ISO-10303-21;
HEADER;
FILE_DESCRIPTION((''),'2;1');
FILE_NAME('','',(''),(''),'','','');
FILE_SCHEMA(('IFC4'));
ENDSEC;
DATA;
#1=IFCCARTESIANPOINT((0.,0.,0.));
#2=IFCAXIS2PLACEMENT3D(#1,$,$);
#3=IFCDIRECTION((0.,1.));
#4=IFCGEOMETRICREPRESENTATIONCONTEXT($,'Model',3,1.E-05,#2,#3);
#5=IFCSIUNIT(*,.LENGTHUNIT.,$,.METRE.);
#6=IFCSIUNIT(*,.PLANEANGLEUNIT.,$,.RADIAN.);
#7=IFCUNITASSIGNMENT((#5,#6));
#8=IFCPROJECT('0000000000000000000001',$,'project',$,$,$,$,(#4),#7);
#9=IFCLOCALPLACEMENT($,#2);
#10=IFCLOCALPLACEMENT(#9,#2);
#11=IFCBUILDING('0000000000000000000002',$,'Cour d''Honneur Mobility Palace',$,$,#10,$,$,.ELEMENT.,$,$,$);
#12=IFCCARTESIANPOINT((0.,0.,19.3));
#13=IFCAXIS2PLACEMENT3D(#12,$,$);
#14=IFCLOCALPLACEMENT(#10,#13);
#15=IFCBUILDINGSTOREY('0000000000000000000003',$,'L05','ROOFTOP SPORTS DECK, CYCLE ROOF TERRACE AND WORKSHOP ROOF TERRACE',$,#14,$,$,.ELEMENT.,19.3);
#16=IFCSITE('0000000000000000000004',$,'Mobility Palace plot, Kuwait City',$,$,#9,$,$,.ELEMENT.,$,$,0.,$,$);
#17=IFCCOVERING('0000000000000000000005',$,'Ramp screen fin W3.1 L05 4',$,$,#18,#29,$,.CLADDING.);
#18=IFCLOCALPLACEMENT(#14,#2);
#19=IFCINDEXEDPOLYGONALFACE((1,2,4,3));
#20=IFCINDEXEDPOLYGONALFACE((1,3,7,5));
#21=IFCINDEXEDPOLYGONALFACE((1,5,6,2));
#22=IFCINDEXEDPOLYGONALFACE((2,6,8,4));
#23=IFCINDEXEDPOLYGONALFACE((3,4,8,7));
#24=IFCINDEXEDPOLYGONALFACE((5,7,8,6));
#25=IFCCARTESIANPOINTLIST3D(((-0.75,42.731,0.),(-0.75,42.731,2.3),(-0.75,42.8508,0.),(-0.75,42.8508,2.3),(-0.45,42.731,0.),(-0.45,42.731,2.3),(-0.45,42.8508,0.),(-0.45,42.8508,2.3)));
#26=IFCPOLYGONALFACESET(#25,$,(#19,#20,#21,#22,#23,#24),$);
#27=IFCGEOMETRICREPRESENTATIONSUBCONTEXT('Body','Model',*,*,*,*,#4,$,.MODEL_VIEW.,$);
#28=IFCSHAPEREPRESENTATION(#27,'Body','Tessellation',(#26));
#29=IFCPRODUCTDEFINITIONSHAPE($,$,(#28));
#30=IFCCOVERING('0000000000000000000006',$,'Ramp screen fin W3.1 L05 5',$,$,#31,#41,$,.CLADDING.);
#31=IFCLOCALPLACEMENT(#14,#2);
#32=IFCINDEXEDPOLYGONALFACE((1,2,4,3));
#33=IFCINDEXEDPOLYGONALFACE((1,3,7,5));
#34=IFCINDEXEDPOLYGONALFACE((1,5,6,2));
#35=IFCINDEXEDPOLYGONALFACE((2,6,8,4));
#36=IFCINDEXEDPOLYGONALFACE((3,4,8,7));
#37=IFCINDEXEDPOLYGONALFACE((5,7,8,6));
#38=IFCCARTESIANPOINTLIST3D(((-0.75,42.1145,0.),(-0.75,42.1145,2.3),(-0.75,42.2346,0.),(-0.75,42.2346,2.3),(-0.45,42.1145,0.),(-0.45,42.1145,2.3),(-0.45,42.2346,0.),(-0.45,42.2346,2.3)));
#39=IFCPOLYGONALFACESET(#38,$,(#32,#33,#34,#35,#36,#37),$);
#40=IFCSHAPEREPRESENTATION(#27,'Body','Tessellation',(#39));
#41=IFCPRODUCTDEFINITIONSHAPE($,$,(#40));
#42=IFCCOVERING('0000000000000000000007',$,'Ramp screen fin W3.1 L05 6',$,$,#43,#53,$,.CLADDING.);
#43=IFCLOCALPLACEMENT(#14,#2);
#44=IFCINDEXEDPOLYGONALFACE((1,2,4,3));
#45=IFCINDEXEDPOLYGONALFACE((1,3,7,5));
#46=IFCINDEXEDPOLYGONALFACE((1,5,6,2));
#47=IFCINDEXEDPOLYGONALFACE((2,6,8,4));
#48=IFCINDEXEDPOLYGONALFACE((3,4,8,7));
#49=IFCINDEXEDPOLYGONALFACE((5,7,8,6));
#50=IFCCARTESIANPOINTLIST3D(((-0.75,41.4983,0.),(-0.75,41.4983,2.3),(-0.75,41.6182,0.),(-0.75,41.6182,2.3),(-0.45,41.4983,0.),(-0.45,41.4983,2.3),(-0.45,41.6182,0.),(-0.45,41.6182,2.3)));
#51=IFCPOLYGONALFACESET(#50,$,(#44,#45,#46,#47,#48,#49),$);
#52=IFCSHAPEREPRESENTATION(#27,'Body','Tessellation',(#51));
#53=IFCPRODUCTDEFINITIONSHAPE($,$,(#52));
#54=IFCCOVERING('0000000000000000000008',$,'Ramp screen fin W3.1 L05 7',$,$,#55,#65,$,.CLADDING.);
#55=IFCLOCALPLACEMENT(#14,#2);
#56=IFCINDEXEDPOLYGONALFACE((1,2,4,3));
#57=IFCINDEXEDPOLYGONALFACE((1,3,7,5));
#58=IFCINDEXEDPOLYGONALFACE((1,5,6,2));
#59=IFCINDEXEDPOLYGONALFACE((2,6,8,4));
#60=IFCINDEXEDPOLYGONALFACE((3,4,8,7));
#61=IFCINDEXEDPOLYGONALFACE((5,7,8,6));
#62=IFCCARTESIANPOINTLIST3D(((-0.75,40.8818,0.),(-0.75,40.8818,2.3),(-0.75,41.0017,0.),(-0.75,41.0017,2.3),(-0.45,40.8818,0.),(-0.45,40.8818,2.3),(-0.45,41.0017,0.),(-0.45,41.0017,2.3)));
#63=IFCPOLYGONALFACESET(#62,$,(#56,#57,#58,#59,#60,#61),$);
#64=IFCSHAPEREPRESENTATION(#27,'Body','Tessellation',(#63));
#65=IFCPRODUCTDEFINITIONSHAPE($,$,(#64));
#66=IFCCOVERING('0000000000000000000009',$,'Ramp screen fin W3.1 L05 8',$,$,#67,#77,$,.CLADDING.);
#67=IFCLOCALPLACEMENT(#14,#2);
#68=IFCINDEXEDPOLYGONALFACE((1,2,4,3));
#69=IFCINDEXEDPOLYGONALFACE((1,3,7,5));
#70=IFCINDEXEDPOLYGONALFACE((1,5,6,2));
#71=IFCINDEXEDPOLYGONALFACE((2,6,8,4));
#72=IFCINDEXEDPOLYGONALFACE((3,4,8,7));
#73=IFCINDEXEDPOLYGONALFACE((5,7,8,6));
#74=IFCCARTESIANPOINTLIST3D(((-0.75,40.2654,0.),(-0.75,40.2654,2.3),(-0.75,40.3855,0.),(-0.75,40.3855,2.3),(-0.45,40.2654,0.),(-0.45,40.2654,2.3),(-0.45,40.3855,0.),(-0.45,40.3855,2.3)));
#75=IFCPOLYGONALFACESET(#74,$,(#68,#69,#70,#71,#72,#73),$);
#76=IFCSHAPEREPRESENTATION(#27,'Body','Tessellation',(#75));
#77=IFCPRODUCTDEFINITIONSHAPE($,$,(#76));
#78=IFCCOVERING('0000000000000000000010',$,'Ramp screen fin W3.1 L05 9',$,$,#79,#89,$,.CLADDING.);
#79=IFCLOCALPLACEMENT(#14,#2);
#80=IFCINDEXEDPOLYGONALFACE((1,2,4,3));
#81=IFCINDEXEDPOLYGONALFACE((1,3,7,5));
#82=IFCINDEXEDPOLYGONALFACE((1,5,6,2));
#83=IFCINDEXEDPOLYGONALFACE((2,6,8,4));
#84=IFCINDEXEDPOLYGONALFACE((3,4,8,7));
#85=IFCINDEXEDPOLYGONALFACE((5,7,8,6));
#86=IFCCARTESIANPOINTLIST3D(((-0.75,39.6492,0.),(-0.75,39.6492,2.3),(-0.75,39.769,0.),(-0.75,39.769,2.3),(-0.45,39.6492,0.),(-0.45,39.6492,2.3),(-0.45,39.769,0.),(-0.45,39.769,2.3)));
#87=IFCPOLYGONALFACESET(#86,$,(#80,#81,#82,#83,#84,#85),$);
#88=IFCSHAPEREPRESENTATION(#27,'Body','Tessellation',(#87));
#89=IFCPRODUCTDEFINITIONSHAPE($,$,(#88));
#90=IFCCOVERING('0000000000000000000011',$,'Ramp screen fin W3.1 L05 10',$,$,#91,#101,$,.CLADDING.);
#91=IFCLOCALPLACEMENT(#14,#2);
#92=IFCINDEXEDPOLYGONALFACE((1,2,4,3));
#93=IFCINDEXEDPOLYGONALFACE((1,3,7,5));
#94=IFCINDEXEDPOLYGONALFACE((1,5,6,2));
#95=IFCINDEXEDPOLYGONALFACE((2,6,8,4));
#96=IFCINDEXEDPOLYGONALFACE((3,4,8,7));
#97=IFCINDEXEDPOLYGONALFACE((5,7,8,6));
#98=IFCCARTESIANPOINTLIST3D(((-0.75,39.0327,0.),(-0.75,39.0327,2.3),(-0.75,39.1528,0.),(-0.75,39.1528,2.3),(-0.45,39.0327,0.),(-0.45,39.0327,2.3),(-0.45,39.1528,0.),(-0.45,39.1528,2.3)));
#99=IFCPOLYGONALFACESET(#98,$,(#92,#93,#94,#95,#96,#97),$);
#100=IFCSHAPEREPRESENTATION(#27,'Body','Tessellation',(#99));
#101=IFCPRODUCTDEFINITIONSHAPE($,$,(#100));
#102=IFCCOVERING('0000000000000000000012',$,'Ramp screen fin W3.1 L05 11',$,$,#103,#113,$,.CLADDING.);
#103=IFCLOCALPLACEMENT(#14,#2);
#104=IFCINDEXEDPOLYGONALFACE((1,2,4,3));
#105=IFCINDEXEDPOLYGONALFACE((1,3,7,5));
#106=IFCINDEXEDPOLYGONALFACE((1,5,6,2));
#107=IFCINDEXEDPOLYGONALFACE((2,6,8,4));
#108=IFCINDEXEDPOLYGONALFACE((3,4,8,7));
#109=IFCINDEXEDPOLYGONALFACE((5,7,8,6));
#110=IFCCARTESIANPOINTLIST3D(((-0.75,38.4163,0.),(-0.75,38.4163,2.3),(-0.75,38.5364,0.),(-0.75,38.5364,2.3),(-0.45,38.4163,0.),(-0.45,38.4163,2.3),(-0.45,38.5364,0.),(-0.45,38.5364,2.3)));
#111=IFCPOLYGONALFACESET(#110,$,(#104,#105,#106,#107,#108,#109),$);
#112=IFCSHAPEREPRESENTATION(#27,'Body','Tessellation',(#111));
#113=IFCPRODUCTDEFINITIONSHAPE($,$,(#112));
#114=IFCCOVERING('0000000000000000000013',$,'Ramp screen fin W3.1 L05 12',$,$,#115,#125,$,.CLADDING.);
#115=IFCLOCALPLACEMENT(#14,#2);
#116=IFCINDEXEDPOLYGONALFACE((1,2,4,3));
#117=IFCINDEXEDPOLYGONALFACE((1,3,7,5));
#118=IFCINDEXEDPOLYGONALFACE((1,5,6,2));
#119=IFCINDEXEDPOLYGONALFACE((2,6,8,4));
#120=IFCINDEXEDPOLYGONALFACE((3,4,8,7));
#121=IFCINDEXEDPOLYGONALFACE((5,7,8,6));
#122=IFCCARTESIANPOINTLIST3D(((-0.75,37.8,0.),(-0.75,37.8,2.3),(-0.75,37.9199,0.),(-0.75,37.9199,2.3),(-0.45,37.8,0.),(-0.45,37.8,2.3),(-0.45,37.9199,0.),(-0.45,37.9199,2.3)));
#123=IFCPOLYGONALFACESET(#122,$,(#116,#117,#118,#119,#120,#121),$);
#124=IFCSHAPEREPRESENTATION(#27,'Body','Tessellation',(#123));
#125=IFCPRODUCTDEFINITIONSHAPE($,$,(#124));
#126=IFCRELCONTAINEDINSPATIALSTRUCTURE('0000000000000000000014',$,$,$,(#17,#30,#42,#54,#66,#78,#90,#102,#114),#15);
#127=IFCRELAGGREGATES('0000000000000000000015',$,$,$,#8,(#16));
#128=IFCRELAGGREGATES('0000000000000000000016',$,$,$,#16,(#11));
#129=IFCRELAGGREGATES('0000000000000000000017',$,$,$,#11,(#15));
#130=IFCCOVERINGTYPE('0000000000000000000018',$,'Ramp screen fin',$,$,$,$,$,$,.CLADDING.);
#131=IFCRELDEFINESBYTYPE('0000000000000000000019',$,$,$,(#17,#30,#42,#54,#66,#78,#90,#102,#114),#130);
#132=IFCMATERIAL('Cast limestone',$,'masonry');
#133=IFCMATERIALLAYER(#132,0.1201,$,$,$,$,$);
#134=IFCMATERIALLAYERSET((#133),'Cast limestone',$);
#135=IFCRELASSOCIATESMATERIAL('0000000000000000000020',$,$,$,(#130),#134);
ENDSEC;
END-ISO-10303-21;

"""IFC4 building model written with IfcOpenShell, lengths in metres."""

from ifc_helpers import new_model, si_unit, direction, frame, origin, place, context, subcontext, project, spatial, polyline, outline, extrude, material, layer, layer_set, type_object, element, save


model = new_model("IFC4")

# Units and contexts
model_context = context("Model", 3, precision=1e-05, world=origin(), true_north=direction((0.0, 1.0)))
body_context = subcontext(model_context, "Body", "Model", "MODEL_VIEW")
ifc_project = project(units=[si_unit("LENGTHUNIT", "METRE"), si_unit("PLANEANGLEUNIT", "RADIAN")], contexts=[model_context])

# Site, building, storey
site_placement = place(None, origin())
site = spatial("IfcSite", under=ifc_project, at=site_placement, Name="Mobility Palace plot, Kuwait City", CompositionType="ELEMENT", RefElevation=0.0)
building_placement = place(site_placement, origin())
building = spatial("IfcBuilding", under=site, at=building_placement, Name="Cour d'Honneur Mobility Palace", CompositionType="ELEMENT")
storey_placement = place(building_placement, frame((0.0, 0.0, 19.3)))
storey = spatial("IfcBuildingStorey", under=building, at=storey_placement, Name="L05", Description="ROOFTOP SPORTS DECK, CYCLE ROOF TERRACE AND WORKSHOP ROOF TERRACE", CompositionType="ELEMENT", Elevation=19.3)

# Coverings
ifc_material = material(Name="Cast limestone", Category="masonry")
ifc_layer = layer(ifc_material, 0.1201)
ifc_layer_set = layer_set([ifc_layer], Name="Cast limestone")
covering_type = type_object("IfcCoveringType", Name="Ramp screen fin", PredefinedType="CLADDING", material=ifc_layer_set)
covering_1_placement = place(storey_placement, origin())
element("IfcCovering", 1, at=covering_1_placement, inside=storey, type_object=covering_type, Name="Ramp screen fin W3.1 L05 4", PredefinedType="CLADDING", context=body_context, shape_type="SweptSolid", body=[
    extrude(outline(polyline([(-0.45, 42.8508), (-0.45, 42.731), (-0.75, 42.731), (-0.75, 42.8508), (-0.45, 42.8508)])), origin(), (0.0, 0.0, 1.0), 2.3),
])
covering_2_placement = place(storey_placement, origin())
element("IfcCovering", 2, at=covering_2_placement, inside=storey, type_object=covering_type, Name="Ramp screen fin W3.1 L05 5", PredefinedType="CLADDING", context=body_context, shape_type="SweptSolid", body=[
    extrude(outline(polyline([(-0.45, 42.2346), (-0.45, 42.1145), (-0.75, 42.1145), (-0.75, 42.2346), (-0.45, 42.2346)])), origin(), (0.0, 0.0, 1.0), 2.3),
])
covering_3_placement = place(storey_placement, origin())
element("IfcCovering", 3, at=covering_3_placement, inside=storey, type_object=covering_type, Name="Ramp screen fin W3.1 L05 6", PredefinedType="CLADDING", context=body_context, shape_type="SweptSolid", body=[
    extrude(outline(polyline([(-0.45, 41.6182), (-0.45, 41.4983), (-0.75, 41.4983), (-0.75, 41.6182), (-0.45, 41.6182)])), origin(), (0.0, 0.0, 1.0), 2.3),
])
covering_4_placement = place(storey_placement, origin())
element("IfcCovering", 4, at=covering_4_placement, inside=storey, type_object=covering_type, Name="Ramp screen fin W3.1 L05 7", PredefinedType="CLADDING", context=body_context, shape_type="SweptSolid", body=[
    extrude(outline(polyline([(-0.45, 41.0017), (-0.45, 40.8818), (-0.75, 40.8818), (-0.75, 41.0017), (-0.45, 41.0017)])), origin(), (0.0, 0.0, 1.0), 2.3),
])
covering_5_placement = place(storey_placement, origin())
element("IfcCovering", 5, at=covering_5_placement, inside=storey, type_object=covering_type, Name="Ramp screen fin W3.1 L05 8", PredefinedType="CLADDING", context=body_context, shape_type="SweptSolid", body=[
    extrude(outline(polyline([(-0.45, 40.3855), (-0.45, 40.2654), (-0.75, 40.2654), (-0.75, 40.3855), (-0.45, 40.3855)])), origin(), (0.0, 0.0, 1.0), 2.3),
])
covering_6_placement = place(storey_placement, origin())
element("IfcCovering", 6, at=covering_6_placement, inside=storey, type_object=covering_type, Name="Ramp screen fin W3.1 L05 9", PredefinedType="CLADDING", context=body_context, shape_type="SweptSolid", body=[
    extrude(outline(polyline([(-0.45, 39.769), (-0.45, 39.6492), (-0.75, 39.6492), (-0.75, 39.769), (-0.45, 39.769)])), origin(), (0.0, 0.0, 1.0), 2.3),
])
covering_7_placement = place(storey_placement, origin())
element("IfcCovering", 7, at=covering_7_placement, inside=storey, type_object=covering_type, Name="Ramp screen fin W3.1 L05 10", PredefinedType="CLADDING", context=body_context, shape_type="SweptSolid", body=[
    extrude(outline(polyline([(-0.45, 39.1528), (-0.45, 39.0327), (-0.75, 39.0327), (-0.75, 39.1528), (-0.45, 39.1528)])), origin(), (0.0, 0.0, 1.0), 2.3),
])
covering_8_placement = place(storey_placement, origin())
element("IfcCovering", 8, at=covering_8_placement, inside=storey, type_object=covering_type, Name="Ramp screen fin W3.1 L05 11", PredefinedType="CLADDING", context=body_context, shape_type="SweptSolid", body=[
    extrude(outline(polyline([(-0.45, 38.5364), (-0.45, 38.4163), (-0.75, 38.4163), (-0.75, 38.5364), (-0.45, 38.5364)])), origin(), (0.0, 0.0, 1.0), 2.3),
])
covering_9_placement = place(storey_placement, origin())
element("IfcCovering", 9, at=covering_9_placement, inside=storey, type_object=covering_type, Name="Ramp screen fin W3.1 L05 12", PredefinedType="CLADDING", context=body_context, shape_type="SweptSolid", body=[
    extrude(outline(polyline([(-0.45, 37.9199), (-0.45, 37.8), (-0.75, 37.8), (-0.75, 37.9199), (-0.45, 37.9199)])), origin(), (0.0, 0.0, 1.0), 2.3),
])

save(model, "model.ifc")
